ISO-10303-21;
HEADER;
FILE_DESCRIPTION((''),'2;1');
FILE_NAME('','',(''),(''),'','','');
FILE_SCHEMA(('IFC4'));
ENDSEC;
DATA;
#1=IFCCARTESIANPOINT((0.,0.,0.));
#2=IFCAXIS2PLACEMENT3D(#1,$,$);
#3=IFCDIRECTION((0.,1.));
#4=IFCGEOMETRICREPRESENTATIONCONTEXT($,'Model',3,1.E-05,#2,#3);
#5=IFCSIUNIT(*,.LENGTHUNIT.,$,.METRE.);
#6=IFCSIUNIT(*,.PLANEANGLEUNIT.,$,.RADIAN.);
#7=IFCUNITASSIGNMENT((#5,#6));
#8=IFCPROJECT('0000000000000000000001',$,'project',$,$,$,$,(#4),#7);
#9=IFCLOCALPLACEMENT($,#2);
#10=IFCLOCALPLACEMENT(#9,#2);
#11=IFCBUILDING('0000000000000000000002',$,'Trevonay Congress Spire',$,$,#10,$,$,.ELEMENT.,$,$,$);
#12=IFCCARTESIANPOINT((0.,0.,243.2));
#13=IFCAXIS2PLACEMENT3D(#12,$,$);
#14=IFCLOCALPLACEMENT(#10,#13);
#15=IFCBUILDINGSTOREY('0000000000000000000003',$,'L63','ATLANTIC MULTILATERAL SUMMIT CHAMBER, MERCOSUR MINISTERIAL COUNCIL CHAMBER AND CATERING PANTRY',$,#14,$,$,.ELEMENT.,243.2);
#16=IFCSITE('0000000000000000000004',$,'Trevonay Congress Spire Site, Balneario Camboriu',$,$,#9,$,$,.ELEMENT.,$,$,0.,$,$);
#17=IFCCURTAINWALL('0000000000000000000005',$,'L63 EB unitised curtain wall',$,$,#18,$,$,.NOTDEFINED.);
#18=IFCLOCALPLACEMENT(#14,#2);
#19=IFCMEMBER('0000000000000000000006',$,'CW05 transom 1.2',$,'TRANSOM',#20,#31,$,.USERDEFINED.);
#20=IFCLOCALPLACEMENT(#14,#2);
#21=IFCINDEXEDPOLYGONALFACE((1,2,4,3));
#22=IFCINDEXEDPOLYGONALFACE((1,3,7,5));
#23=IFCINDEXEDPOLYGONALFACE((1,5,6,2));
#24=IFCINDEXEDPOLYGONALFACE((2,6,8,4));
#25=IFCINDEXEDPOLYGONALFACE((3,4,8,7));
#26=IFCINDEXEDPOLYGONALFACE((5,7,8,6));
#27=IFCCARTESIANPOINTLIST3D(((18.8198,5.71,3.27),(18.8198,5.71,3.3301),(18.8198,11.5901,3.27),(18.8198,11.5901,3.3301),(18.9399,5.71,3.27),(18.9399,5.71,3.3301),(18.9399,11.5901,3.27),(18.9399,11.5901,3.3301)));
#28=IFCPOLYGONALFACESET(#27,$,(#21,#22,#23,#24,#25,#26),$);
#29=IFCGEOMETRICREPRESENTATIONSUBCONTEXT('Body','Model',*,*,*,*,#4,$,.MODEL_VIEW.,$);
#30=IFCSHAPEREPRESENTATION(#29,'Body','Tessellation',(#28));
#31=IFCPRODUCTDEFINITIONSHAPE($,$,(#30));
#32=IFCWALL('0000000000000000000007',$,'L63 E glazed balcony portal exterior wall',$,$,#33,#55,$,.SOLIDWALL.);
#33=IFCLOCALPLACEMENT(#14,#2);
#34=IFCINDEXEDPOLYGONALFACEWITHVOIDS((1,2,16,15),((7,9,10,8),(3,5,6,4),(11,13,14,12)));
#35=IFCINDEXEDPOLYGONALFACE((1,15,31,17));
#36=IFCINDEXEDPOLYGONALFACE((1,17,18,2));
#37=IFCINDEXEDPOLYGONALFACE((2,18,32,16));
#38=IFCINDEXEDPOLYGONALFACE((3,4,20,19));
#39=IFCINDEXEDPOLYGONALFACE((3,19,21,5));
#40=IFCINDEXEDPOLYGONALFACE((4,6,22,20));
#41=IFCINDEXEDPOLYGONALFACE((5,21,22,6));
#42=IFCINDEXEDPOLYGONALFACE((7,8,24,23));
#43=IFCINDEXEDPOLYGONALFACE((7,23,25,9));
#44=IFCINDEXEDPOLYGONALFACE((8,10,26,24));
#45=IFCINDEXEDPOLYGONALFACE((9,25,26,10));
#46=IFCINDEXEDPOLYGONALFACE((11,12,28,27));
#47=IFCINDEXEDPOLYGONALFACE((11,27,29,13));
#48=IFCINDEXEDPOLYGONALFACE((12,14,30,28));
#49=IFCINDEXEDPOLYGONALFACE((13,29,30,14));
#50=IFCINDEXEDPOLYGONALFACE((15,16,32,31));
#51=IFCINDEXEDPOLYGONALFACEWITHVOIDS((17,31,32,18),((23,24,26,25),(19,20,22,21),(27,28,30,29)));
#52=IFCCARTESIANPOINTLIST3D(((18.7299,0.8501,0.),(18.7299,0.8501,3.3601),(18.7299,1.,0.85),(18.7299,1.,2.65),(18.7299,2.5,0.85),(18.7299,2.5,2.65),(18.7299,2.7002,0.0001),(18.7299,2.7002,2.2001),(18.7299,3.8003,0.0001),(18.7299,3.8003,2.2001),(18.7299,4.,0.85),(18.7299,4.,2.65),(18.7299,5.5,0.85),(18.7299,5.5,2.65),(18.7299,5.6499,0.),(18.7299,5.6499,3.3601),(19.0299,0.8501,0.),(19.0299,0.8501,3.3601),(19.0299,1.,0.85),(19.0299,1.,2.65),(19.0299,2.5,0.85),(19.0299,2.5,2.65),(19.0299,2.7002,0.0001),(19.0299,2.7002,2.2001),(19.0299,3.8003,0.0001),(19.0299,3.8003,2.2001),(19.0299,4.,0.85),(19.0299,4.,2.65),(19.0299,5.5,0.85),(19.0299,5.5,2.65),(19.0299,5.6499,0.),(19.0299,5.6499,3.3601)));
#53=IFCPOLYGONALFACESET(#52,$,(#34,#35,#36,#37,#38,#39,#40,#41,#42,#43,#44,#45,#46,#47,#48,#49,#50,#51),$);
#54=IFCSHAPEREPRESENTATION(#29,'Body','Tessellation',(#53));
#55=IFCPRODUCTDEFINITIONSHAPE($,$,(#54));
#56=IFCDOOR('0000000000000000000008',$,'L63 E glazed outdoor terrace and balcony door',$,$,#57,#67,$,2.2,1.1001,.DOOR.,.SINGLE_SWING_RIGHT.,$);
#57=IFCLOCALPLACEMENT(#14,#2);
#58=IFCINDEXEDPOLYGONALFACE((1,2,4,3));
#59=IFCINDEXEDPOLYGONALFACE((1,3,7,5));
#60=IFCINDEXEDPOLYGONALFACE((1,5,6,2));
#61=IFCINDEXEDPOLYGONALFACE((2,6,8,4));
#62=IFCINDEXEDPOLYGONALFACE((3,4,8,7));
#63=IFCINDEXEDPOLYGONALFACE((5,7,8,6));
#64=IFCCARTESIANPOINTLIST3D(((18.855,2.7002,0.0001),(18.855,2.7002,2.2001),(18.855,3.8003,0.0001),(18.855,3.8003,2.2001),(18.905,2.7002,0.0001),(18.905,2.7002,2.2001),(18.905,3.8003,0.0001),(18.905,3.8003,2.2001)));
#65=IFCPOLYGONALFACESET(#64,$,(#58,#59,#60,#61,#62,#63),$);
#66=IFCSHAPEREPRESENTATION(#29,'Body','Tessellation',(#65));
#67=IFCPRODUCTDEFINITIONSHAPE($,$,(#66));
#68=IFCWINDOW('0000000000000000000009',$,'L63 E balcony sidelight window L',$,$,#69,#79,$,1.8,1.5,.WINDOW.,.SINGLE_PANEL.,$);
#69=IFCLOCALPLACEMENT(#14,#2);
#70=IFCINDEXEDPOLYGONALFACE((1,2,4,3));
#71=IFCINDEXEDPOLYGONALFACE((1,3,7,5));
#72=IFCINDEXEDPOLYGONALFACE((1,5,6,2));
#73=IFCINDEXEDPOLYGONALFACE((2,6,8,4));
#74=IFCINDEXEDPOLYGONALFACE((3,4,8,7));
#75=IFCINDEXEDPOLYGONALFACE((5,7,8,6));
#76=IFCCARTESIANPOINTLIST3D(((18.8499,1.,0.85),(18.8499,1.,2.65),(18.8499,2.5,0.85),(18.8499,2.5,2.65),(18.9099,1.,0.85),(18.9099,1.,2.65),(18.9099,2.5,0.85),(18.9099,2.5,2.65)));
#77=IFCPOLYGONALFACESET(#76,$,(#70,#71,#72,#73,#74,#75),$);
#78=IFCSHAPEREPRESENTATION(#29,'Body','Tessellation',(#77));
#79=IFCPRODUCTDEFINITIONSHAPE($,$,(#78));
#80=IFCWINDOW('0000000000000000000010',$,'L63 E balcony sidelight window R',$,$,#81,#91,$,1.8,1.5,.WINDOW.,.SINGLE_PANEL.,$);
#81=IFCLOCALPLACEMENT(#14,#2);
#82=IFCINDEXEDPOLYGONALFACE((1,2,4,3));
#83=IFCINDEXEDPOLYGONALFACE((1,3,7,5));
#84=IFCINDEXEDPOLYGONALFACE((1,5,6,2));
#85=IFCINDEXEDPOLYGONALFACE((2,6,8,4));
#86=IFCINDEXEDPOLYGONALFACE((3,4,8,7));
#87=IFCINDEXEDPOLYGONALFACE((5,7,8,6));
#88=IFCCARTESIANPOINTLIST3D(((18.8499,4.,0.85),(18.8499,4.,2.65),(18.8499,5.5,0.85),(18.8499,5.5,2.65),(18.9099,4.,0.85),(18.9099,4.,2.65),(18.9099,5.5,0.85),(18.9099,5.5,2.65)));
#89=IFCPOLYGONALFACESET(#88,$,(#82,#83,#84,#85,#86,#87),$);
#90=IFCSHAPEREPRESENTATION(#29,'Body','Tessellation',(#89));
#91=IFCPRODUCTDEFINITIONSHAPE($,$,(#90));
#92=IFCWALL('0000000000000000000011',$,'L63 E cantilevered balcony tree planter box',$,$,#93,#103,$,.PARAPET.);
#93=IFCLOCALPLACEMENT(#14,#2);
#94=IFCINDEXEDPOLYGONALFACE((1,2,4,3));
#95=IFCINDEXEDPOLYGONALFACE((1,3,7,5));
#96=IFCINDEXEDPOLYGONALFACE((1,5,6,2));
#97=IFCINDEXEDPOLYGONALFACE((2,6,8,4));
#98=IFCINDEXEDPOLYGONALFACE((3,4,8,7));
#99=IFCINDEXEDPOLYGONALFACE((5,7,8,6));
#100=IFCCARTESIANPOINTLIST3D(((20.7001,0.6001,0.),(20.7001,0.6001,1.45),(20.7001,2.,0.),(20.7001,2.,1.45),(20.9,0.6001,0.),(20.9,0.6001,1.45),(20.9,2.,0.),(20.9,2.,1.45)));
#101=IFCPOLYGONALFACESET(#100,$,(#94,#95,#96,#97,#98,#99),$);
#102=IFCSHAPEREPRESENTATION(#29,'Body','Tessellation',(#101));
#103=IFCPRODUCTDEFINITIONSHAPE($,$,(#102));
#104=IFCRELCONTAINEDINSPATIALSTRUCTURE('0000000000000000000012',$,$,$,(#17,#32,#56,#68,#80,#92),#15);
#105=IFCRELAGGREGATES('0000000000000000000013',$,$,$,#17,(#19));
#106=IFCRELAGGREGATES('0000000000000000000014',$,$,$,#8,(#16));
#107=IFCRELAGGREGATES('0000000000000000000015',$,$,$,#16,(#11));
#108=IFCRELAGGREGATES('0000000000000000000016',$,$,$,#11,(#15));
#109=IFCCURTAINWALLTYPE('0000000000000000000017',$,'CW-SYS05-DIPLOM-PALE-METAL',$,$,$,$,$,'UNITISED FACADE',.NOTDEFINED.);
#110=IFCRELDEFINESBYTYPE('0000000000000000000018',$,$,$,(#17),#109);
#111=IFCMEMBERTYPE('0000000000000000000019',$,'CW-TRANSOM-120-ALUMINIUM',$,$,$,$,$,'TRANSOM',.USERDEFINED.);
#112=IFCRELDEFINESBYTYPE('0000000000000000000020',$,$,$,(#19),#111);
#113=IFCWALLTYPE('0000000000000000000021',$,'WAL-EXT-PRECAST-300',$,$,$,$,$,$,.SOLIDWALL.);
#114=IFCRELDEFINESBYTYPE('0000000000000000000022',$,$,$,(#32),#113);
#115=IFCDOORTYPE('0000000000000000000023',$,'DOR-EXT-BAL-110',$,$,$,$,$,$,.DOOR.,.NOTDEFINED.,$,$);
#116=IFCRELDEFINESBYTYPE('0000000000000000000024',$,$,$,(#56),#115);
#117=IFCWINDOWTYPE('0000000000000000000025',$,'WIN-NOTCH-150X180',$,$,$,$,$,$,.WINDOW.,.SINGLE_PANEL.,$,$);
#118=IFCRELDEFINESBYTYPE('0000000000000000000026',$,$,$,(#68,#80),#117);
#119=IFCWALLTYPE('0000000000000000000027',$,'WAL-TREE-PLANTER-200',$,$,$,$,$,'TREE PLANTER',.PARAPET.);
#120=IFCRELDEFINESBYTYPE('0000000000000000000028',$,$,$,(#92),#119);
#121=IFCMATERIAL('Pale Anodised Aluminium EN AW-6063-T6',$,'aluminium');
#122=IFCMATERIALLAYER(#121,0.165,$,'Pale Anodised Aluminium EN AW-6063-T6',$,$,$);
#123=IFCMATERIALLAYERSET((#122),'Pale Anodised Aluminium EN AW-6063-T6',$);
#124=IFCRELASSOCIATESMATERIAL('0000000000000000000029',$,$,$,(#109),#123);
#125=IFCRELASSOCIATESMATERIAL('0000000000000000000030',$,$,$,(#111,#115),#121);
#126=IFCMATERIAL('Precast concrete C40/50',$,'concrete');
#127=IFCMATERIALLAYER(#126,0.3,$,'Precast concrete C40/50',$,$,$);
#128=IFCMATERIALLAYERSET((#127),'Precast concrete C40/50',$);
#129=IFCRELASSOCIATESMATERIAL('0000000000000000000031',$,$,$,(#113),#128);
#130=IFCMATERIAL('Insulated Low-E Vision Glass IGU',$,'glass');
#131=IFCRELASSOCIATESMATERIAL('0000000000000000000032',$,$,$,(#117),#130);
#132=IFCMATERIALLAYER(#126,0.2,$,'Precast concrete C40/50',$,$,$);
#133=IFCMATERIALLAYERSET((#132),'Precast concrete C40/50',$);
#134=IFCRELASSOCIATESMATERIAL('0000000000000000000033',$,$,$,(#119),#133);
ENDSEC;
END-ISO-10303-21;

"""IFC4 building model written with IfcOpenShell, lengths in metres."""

from ifc_helpers import new_model, si_unit, direction, frame, frame_2d, origin, origin_2d, place, context, subcontext, project, spatial, rectangle, extrude, material, layer, layer_set, material_profile, profile_set, type_object, element, fill, aggregate, save


model = new_model("IFC4")

# Units and contexts
model_context = context("Model", 3, precision=1e-05, world=origin(), true_north=direction((0.0, 1.0)))
body_context = subcontext(model_context, "Body", "Model", "MODEL_VIEW")
ifc_project = project(units=[si_unit("LENGTHUNIT", "METRE"), si_unit("PLANEANGLEUNIT", "RADIAN")], contexts=[model_context])

# Site, building, storey
site_placement = place(None, origin())
site = spatial("IfcSite", under=ifc_project, at=site_placement, Name="Trevonay Congress Spire Site, Balneario Camboriu", CompositionType="ELEMENT", RefElevation=0.0)
building_placement = place(site_placement, origin())
building = spatial("IfcBuilding", under=site, at=building_placement, Name="Trevonay Congress Spire", CompositionType="ELEMENT")
storey_placement = place(building_placement, frame((0.0, 0.0, 243.2)))
storey = spatial("IfcBuildingStorey", under=building, at=storey_placement, Name="L63", Description="ATLANTIC MULTILATERAL SUMMIT CHAMBER, MERCOSUR MINISTERIAL COUNCIL CHAMBER AND CATERING PANTRY", CompositionType="ELEMENT", Elevation=243.2)

# Shared definitions
ifc_material_1 = material(Name="Pale Anodised Aluminium EN AW-6063-T6", Category="aluminium")
ifc_layer_1 = layer(ifc_material_1, 0.165, Name="Pale Anodised Aluminium EN AW-6063-T6")
ifc_layer_set_1 = layer_set([ifc_layer_1], Name="Pale Anodised Aluminium EN AW-6063-T6")
curtain_wall_type = type_object("IfcCurtainWallType", Name="CW-SYS05-DIPLOM-PALE-METAL", ElementType="UNITISED FACADE", PredefinedType="NOTDEFINED", material=ifc_layer_set_1)

# Curtain wall, member
curtain_wall_1_placement = place(storey_placement, origin())
curtain_wall_1 = element("IfcCurtainWall", 1, at=curtain_wall_1_placement, inside=storey, type_object=curtain_wall_type, Name="L63 EB unitised curtain wall", PredefinedType="NOTDEFINED")
ifc_material_profile_1 = material_profile(ifc_material_1, rectangle(XDim=0.1201, YDim=0.0601, at=origin_2d()), Name="CW-TRANSOM-120-ALUMINIUM")
ifc_profile_set_1 = profile_set([ifc_material_profile_1], Name="Pale Anodised Aluminium EN AW-6063-T6")
member_type_1 = type_object("IfcMemberType", Name="CW-TRANSOM-120-ALUMINIUM", ElementType="TRANSOM", PredefinedType="USERDEFINED", material=ifc_profile_set_1)
member_1_placement = place(storey_placement, frame((18.8799, 5.71, 3.3), z_axis=(0.0, 1.0, 0.0), x_axis=(-1.0, 0.0, 0.0)))
member_1 = element("IfcMember", 2, at=member_1_placement, type_object=member_type_1, Name="CW05 transom 1.2", ObjectType="TRANSOM", PredefinedType="USERDEFINED", context=body_context, shape_type="SweptSolid", body=[
    extrude(rectangle(XDim=0.1201, YDim=0.0601, at=origin_2d()), origin(), (0.0, 0.0, 1.0), 5.8801),
])
aggregate(curtain_wall_1, [member_1])

# Wall, openings, door, windows
ifc_material_2 = material(Name="Precast concrete C40/50", Category="concrete")
ifc_layer_2 = layer(ifc_material_2, 0.3, Name="Precast concrete C40/50")
ifc_layer_set_2 = layer_set([ifc_layer_2], Name="Precast concrete C40/50")
wall_type_1 = type_object("IfcWallType", Name="WAL-EXT-PRECAST-300", PredefinedType="SOLIDWALL", material=ifc_layer_set_2)
wall_1_placement = place(storey_placement, frame((18.8799, 0.8501, 0.0), z_axis=(0.0, 0.0, 1.0), x_axis=(0.0, 1.0, 0.0)))
wall_1 = element("IfcWall", 3, at=wall_1_placement, inside=storey, type_object=wall_type_1, Name="L63 E glazed balcony portal exterior wall", PredefinedType="SOLIDWALL", context=body_context, shape_type="SweptSolid", body=[
    extrude(rectangle(XDim=4.7998, YDim=0.3, at=frame_2d((2.3999, 0.0))), origin(), (0.0, 0.0, 1.0), 3.3601),
])
opening_1_placement = place(wall_1_placement, frame((1.8501, 0.0, 0.0)))
opening_1 = element("IfcOpeningElement", 4, at=opening_1_placement, cuts=wall_1, PredefinedType="OPENING", context=body_context, shape_type="SweptSolid", body=[
    extrude(rectangle(XDim=1.1001, YDim=2.2, at=frame_2d((0.55, 1.1001))), frame((0.0, 0.1602, 0.0), z_axis=(0.0, -1.0, 0.0), x_axis=(1.0, 0.0, 0.0)), (0.0, 0.0, 1.0), 0.3201),
])
opening_2_placement = place(wall_1_placement, frame((0.1499, 0.0, 0.8501)))
opening_2 = element("IfcOpeningElement", 5, at=opening_2_placement, cuts=wall_1, PredefinedType="OPENING", context=body_context, shape_type="SweptSolid", body=[
    extrude(rectangle(XDim=1.5, YDim=1.8, at=frame_2d((0.75, 0.8999))), frame((0.0, 0.1602, 0.0), z_axis=(0.0, -1.0, 0.0), x_axis=(1.0, 0.0, 0.0)), (0.0, 0.0, 1.0), 0.3201),
])
opening_3_placement = place(wall_1_placement, frame((3.1499, 0.0, 0.8501)))
opening_3 = element("IfcOpeningElement", 6, at=opening_3_placement, cuts=wall_1, PredefinedType="OPENING", context=body_context, shape_type="SweptSolid", body=[
    extrude(rectangle(XDim=1.5, YDim=1.8, at=frame_2d((0.75, 0.8999))), frame((0.0, 0.1602, 0.0), z_axis=(0.0, -1.0, 0.0), x_axis=(1.0, 0.0, 0.0)), (0.0, 0.0, 1.0), 0.3201),
])
door_type = type_object("IfcDoorType", Name="DOR-EXT-BAL-110", OperationType="NOTDEFINED", PredefinedType="DOOR", material=ifc_material_1)
door_placement = place(opening_1_placement, origin())
door = element("IfcDoor", 7, at=door_placement, inside=storey, type_object=door_type, Name="L63 E glazed outdoor terrace and balcony door", OperationType="SINGLE_SWING_RIGHT", OverallHeight=2.2, OverallWidth=1.1001, PredefinedType="DOOR", context=body_context, shape_type="SweptSolid", body=[
    extrude(rectangle(XDim=1.1001, YDim=2.2, at=frame_2d((0.55, 1.1001))), frame((0.0, 0.0249, 0.0), z_axis=(0.0, -1.0, 0.0), x_axis=(1.0, 0.0, 0.0)), (0.0, 0.0, 1.0), 0.05),
])
fill(opening_1, door)
ifc_material_3 = material(Name="Insulated Low-E Vision Glass IGU", Category="glass")
window_type = type_object("IfcWindowType", Name="WIN-NOTCH-150X180", PartitioningType="SINGLE_PANEL", PredefinedType="WINDOW", material=ifc_material_3)
window_1_placement = place(opening_2_placement, origin())
window_1 = element("IfcWindow", 8, at=window_1_placement, inside=storey, type_object=window_type, Name="L63 E balcony sidelight window L", OverallHeight=1.8, OverallWidth=1.5, PartitioningType="SINGLE_PANEL", PredefinedType="WINDOW", context=body_context, shape_type="SweptSolid", body=[
    extrude(rectangle(XDim=1.5, YDim=1.8, at=frame_2d((0.75, 0.8999))), frame((0.0, 0.03, 0.0), z_axis=(0.0, -1.0, 0.0), x_axis=(1.0, 0.0, 0.0)), (0.0, 0.0, 1.0), 0.0601),
])
fill(opening_2, window_1)
window_2_placement = place(opening_3_placement, origin())
window_2 = element("IfcWindow", 9, at=window_2_placement, inside=storey, type_object=window_type, Name="L63 E balcony sidelight window R", OverallHeight=1.8, OverallWidth=1.5, PartitioningType="SINGLE_PANEL", PredefinedType="WINDOW", context=body_context, shape_type="SweptSolid", body=[
    extrude(rectangle(XDim=1.5, YDim=1.8, at=frame_2d((0.75, 0.8999))), frame((0.0, 0.03, 0.0), z_axis=(0.0, -1.0, 0.0), x_axis=(1.0, 0.0, 0.0)), (0.0, 0.0, 1.0), 0.0601),
])
fill(opening_3, window_2)

# Wall
ifc_layer_3 = layer(ifc_material_2, 0.2, Name="Precast concrete C40/50")
ifc_layer_set_3 = layer_set([ifc_layer_3], Name="Precast concrete C40/50")
wall_type_2 = type_object("IfcWallType", Name="WAL-TREE-PLANTER-200", ElementType="TREE PLANTER", PredefinedType="PARAPET", material=ifc_layer_set_3)
wall_2_placement = place(storey_placement, frame((20.8, 0.6001, 0.0), z_axis=(0.0, 0.0, 1.0), x_axis=(0.0, 1.0, 0.0)))
element("IfcWall", 10, at=wall_2_placement, inside=storey, type_object=wall_type_2, Name="L63 E cantilevered balcony tree planter box", PredefinedType="PARAPET", context=body_context, shape_type="SweptSolid", body=[
    extrude(rectangle(XDim=1.3999, YDim=0.2, at=frame_2d((0.7, 0.0))), origin(), (0.0, 0.0, 1.0), 1.45),
])

save(model, "model.ifc")
